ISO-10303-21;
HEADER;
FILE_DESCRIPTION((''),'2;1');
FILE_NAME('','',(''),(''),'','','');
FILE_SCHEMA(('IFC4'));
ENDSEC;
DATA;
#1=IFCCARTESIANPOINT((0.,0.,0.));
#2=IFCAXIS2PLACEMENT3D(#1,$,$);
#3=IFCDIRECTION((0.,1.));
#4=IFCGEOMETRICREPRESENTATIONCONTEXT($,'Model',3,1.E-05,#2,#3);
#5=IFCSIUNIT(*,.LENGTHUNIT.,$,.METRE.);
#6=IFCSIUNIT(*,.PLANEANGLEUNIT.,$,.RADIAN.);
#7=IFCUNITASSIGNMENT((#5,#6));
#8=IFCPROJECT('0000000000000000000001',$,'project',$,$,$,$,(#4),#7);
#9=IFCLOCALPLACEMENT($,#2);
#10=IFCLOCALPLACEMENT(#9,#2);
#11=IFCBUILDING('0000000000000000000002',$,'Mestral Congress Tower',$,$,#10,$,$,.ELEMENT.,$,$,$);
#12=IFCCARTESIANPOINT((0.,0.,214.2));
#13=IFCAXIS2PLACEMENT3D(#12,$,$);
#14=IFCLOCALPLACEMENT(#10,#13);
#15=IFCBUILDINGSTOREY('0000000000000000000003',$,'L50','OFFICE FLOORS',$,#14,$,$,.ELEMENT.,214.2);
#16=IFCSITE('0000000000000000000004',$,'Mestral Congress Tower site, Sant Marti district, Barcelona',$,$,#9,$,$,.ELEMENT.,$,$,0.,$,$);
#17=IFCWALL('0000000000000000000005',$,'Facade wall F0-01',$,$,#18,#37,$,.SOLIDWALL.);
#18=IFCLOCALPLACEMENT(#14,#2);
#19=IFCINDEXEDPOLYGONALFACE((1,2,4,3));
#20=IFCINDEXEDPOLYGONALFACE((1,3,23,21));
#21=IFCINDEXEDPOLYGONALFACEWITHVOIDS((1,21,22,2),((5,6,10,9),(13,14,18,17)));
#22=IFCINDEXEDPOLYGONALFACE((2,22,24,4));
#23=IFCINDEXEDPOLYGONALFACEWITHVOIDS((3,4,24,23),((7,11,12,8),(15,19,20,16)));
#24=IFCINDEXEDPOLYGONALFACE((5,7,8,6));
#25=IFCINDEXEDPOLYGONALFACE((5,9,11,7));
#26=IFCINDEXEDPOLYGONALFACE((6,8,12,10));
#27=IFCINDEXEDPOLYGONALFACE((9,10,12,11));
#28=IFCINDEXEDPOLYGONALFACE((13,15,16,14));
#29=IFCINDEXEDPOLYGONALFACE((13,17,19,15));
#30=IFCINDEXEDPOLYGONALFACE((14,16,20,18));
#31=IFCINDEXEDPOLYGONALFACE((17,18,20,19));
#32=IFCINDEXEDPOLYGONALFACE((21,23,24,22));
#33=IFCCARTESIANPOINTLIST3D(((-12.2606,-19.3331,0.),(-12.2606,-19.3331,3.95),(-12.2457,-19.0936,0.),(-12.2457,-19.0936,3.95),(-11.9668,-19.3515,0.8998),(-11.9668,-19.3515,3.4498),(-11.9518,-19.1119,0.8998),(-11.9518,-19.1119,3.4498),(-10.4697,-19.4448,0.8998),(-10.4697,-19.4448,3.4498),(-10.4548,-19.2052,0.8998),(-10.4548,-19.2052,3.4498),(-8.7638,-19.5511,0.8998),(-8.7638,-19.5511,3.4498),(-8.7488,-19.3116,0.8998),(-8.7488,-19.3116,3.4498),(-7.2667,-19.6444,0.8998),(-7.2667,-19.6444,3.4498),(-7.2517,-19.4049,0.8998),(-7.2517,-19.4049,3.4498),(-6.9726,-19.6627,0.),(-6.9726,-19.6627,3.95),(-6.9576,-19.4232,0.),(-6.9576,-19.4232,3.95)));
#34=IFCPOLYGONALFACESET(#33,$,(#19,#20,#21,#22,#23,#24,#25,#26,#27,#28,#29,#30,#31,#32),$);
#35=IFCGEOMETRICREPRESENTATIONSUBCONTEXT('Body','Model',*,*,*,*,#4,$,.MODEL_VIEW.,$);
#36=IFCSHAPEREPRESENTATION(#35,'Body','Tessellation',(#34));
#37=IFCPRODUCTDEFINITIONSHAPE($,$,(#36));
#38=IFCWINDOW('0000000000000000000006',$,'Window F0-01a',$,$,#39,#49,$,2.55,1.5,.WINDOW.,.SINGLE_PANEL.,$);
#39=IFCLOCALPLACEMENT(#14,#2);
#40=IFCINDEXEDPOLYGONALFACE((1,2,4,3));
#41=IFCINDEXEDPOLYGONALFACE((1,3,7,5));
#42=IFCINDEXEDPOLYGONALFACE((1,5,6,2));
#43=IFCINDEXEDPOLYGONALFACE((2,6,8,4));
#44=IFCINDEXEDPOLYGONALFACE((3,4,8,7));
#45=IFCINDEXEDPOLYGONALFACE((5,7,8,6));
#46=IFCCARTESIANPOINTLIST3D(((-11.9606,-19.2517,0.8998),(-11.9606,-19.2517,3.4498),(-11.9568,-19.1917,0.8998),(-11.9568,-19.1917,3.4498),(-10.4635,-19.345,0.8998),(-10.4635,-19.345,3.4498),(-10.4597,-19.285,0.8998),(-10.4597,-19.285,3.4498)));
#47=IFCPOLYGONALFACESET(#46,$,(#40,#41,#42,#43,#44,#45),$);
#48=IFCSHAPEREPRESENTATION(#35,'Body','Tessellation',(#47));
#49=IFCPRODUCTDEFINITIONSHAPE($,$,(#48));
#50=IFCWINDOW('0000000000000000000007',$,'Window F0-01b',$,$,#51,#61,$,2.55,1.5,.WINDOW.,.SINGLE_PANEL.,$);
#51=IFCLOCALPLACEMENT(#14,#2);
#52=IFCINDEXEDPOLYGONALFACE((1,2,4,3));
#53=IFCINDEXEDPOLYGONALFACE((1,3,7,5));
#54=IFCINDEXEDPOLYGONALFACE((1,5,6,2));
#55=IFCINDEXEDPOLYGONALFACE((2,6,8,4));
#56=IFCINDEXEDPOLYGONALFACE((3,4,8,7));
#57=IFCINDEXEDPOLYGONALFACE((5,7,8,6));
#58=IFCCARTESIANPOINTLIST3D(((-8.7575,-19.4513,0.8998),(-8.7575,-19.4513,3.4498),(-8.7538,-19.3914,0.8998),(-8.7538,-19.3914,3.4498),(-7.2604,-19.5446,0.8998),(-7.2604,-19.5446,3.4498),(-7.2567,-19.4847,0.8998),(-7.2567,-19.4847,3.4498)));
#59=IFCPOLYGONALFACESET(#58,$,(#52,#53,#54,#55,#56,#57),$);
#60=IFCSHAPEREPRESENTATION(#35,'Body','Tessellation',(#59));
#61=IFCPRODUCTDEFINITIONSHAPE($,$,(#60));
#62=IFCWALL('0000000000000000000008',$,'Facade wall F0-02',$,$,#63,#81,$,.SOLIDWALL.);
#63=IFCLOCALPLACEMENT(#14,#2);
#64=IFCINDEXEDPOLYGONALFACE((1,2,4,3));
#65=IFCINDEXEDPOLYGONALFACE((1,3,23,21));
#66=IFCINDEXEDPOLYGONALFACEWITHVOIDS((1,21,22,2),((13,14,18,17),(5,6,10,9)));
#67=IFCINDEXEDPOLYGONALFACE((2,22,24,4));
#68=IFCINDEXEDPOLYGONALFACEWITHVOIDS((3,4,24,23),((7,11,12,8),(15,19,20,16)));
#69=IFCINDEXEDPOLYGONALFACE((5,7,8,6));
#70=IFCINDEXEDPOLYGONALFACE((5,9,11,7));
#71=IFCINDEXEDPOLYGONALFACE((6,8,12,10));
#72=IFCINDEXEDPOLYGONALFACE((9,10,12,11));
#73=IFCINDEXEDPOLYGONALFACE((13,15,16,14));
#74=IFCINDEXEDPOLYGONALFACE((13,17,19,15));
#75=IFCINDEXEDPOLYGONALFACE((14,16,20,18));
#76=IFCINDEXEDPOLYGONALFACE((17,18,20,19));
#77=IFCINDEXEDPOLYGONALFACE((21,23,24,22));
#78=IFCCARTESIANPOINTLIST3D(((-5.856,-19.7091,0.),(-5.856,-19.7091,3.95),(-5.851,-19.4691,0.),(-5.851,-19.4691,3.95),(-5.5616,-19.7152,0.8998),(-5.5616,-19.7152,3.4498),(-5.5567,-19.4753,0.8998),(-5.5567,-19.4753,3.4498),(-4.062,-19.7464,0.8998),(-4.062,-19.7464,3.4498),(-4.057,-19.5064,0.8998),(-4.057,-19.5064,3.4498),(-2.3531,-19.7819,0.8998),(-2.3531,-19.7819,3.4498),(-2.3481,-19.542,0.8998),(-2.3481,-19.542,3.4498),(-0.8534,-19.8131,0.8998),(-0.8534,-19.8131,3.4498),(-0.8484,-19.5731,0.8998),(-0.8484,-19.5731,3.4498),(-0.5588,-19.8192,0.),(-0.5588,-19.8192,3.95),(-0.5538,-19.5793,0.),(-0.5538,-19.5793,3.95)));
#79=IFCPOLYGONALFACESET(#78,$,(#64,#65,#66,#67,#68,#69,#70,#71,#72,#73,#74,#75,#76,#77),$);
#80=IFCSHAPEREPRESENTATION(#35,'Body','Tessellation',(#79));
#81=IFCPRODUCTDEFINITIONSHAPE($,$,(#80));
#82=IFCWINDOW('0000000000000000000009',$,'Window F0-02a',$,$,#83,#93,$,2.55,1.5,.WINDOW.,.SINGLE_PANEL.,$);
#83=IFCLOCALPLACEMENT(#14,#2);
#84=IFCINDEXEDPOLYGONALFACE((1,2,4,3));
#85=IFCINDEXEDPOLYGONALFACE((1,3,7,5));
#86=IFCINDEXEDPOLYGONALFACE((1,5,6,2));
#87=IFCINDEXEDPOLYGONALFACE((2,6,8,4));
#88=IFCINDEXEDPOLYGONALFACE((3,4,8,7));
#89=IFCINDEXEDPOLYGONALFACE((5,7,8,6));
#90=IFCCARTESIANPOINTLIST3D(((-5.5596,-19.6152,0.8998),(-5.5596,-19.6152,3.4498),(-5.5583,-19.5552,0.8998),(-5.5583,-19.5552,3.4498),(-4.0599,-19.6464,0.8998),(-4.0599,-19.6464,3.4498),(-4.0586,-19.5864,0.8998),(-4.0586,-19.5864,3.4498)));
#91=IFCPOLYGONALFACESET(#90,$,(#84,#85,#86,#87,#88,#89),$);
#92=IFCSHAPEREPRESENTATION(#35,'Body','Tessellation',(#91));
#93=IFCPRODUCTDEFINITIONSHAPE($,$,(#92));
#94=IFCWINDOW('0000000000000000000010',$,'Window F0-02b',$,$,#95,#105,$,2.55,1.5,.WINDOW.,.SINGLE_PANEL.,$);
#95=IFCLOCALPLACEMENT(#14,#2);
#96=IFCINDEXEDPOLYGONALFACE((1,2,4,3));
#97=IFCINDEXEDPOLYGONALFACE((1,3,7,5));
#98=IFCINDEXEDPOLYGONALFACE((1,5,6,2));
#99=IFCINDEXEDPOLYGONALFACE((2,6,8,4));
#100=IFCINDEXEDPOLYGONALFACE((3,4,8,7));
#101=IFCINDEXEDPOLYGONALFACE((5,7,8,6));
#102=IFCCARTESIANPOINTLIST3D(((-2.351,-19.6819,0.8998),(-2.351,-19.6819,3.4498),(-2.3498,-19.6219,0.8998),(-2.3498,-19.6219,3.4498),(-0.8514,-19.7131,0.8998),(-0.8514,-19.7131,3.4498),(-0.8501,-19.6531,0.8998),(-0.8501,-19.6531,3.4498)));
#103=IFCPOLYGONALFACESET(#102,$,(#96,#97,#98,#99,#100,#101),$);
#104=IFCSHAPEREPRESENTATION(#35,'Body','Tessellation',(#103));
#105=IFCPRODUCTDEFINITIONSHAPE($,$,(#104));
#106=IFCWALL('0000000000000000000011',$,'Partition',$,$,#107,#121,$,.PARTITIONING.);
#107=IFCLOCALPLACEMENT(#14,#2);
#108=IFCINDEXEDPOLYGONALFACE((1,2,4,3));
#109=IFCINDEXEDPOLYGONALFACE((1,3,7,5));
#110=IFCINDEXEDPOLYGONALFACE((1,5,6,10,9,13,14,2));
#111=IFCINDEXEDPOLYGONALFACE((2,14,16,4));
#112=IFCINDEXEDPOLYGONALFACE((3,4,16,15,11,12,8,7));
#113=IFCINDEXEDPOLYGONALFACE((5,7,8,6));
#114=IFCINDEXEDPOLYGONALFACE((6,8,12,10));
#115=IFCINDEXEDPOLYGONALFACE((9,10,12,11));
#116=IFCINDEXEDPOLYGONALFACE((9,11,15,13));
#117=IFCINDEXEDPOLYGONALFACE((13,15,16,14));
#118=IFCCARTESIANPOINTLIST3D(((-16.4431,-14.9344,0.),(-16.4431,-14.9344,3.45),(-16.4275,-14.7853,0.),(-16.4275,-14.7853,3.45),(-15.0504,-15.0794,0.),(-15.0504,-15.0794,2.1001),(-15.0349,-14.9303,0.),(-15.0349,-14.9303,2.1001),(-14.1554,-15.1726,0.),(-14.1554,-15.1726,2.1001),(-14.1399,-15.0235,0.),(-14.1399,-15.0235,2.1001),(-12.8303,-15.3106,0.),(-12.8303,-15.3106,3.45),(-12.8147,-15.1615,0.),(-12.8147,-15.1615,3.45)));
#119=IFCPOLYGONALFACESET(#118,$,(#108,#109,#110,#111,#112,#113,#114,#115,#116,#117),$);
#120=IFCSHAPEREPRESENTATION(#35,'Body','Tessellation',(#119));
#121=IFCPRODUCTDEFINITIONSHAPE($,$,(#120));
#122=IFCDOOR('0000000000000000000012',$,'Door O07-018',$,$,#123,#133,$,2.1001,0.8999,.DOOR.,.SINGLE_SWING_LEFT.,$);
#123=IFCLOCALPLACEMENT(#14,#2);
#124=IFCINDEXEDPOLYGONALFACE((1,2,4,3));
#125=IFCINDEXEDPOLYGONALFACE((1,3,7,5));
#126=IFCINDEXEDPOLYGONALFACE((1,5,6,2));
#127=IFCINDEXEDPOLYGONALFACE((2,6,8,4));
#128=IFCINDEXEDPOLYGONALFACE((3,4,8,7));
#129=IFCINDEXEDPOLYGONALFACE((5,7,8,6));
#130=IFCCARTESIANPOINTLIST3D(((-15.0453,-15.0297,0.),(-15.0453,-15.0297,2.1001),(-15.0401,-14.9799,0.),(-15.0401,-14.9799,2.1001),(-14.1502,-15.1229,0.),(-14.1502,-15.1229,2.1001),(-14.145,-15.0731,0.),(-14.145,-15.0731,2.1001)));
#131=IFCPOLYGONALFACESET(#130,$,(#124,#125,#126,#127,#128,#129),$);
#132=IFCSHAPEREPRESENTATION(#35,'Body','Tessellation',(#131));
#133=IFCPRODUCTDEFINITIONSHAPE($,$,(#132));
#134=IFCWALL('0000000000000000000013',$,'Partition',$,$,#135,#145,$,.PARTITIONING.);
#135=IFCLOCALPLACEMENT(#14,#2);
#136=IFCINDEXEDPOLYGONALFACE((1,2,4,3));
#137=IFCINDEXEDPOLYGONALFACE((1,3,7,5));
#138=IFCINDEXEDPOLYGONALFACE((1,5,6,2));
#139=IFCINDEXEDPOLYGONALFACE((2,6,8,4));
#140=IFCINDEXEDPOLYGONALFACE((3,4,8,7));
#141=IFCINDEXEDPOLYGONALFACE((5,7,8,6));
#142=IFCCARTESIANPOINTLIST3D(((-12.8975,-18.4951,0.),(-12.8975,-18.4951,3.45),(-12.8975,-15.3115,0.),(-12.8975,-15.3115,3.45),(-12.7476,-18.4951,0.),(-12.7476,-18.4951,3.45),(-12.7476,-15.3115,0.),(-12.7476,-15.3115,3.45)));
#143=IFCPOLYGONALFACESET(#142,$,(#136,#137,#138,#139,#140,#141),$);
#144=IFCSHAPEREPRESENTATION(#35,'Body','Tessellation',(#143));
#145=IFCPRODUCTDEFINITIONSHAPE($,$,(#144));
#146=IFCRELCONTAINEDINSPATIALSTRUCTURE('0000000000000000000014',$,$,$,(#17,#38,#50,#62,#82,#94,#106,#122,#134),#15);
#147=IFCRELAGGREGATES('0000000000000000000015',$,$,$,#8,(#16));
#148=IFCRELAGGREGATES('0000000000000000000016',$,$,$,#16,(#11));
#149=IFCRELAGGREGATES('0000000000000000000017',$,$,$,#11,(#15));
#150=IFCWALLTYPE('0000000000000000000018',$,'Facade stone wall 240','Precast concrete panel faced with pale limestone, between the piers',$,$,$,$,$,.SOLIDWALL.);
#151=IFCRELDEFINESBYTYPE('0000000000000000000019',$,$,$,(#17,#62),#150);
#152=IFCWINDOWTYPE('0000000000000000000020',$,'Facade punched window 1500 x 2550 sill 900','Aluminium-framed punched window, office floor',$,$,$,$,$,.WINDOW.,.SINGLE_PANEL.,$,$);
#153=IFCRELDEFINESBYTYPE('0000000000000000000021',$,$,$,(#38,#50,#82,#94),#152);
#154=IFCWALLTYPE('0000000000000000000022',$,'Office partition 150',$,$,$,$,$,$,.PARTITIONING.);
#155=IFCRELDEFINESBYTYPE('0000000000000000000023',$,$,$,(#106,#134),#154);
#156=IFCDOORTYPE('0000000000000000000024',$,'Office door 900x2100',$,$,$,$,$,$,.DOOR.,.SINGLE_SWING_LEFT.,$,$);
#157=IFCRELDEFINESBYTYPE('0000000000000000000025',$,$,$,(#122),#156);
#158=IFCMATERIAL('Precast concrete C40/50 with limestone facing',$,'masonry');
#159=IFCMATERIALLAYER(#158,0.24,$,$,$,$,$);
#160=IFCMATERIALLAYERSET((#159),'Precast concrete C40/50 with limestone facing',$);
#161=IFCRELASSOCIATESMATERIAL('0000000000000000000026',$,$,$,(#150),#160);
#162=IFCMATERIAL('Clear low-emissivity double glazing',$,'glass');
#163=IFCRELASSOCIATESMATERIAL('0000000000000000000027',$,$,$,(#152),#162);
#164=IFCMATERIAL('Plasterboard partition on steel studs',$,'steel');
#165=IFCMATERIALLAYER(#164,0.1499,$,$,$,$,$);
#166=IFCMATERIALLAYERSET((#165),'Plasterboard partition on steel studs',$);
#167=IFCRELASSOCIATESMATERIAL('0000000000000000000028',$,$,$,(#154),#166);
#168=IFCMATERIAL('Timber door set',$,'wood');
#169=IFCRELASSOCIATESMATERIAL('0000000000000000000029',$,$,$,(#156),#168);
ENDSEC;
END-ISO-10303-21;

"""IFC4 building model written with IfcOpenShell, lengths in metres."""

from ifc_helpers import new_model, si_unit, direction, frame, frame_2d, origin, place, context, subcontext, project, spatial, rectangle, extrude, material, layer, layer_set, type_object, element, fill, save


model = new_model("IFC4")

# Units and contexts
model_context = context("Model", 3, precision=1e-05, world=origin(), true_north=direction((0.0, 1.0)))
body_context = subcontext(model_context, "Body", "Model", "MODEL_VIEW")
ifc_project = project(units=[si_unit("LENGTHUNIT", "METRE"), si_unit("PLANEANGLEUNIT", "RADIAN")], contexts=[model_context])

# Site, building, storey
site_placement = place(None, origin())
site = spatial("IfcSite", under=ifc_project, at=site_placement, Name="Mestral Congress Tower site, Sant Marti district, Barcelona", CompositionType="ELEMENT", RefElevation=0.0)
building_placement = place(site_placement, origin())
building = spatial("IfcBuilding", under=site, at=building_placement, Name="Mestral Congress Tower", CompositionType="ELEMENT")
storey_placement = place(building_placement, frame((0.0, 0.0, 214.2)))
storey = spatial("IfcBuildingStorey", under=building, at=storey_placement, Name="L50", Description="OFFICE FLOORS", CompositionType="ELEMENT", Elevation=214.2)

# Walls, openings, windows
ifc_material_1 = material(Name="Precast concrete C40/50 with limestone facing", Category="masonry")
ifc_layer_1 = layer(ifc_material_1, 0.24)
ifc_layer_set_1 = layer_set([ifc_layer_1], Name="Precast concrete C40/50 with limestone facing")
wall_type_1 = type_object("IfcWallType", Name="Facade stone wall 240", Description="Precast concrete panel faced with pale limestone, between the piers", PredefinedType="SOLIDWALL", material=ifc_layer_set_1)
wall_1_placement = place(storey_placement, frame((-12.2532, -19.2134, 0.0), z_axis=(0.0, 0.0, 1.0), x_axis=(0.998063, -0.062206, 0.0)))
wall_1 = element("IfcWall", 1, at=wall_1_placement, inside=storey, type_object=wall_type_1, Name="Facade wall F0-01", PredefinedType="SOLIDWALL", context=body_context, shape_type="SweptSolid", body=[
    extrude(rectangle(XDim=5.2983, YDim=0.24, at=frame_2d((2.6492, 0.0))), origin(), (0.0, 0.0, 1.0), 3.95),
])
opening_1_placement = place(wall_1_placement, frame((0.2944, 0.0, 0.8999)))
opening_1 = element("IfcOpeningElement", 2, at=opening_1_placement, cuts=wall_1, PredefinedType="OPENING", context=body_context, shape_type="SweptSolid", body=[
    extrude(rectangle(XDim=1.5, YDim=2.55, at=frame_2d((0.75, 1.2749))), frame((0.0, 0.1299, 0.0), z_axis=(0.0, -1.0, 0.0), x_axis=(1.0, 0.0, 0.0)), (0.0, 0.0, 1.0), 0.26),
])
opening_2_placement = place(wall_1_placement, frame((3.5037, 0.0, 0.8999)))
opening_2 = element("IfcOpeningElement", 3, at=opening_2_placement, cuts=wall_1, PredefinedType="OPENING", context=body_context, shape_type="SweptSolid", body=[
    extrude(rectangle(XDim=1.5, YDim=2.55, at=frame_2d((0.75, 1.2749))), frame((0.0, 0.1299, 0.0), z_axis=(0.0, -1.0, 0.0), x_axis=(1.0, 0.0, 0.0)), (0.0, 0.0, 1.0), 0.26),
])
ifc_material_2 = material(Name="Clear low-emissivity double glazing", Category="glass")
window_type = type_object("IfcWindowType", Name="Facade punched window 1500 x 2550 sill 900", Description="Aluminium-framed punched window, office floor", PartitioningType="SINGLE_PANEL", PredefinedType="WINDOW", material=ifc_material_2)
window_1_placement = place(opening_1_placement, origin())
window_1 = element("IfcWindow", 4, at=window_1_placement, inside=storey, type_object=window_type, Name="Window F0-01a", OverallHeight=2.55, OverallWidth=1.5, PartitioningType="SINGLE_PANEL", PredefinedType="WINDOW", context=body_context, shape_type="SweptSolid", body=[
    extrude(rectangle(XDim=1.5, YDim=2.55, at=frame_2d((0.75, 1.2749))), frame((0.0, 0.04, 0.0), z_axis=(0.0, -1.0, 0.0), x_axis=(1.0, 0.0, 0.0)), (0.0, 0.0, 1.0), 0.0601),
])
fill(opening_1, window_1)
window_2_placement = place(opening_2_placement, origin())
window_2 = element("IfcWindow", 5, at=window_2_placement, inside=storey, type_object=window_type, Name="Window F0-01b", OverallHeight=2.55, OverallWidth=1.5, PartitioningType="SINGLE_PANEL", PredefinedType="WINDOW", context=body_context, shape_type="SweptSolid", body=[
    extrude(rectangle(XDim=1.5, YDim=2.55, at=frame_2d((0.75, 1.2749))), frame((0.0, 0.04, 0.0), z_axis=(0.0, -1.0, 0.0), x_axis=(1.0, 0.0, 0.0)), (0.0, 0.0, 1.0), 0.0601),
])
fill(opening_2, window_2)
wall_2_placement = place(storey_placement, frame((-5.8535, -19.5891, 0.0), z_axis=(0.0, 0.0, 1.0), x_axis=(0.999784, -0.020782, 0.0)))
wall_2 = element("IfcWall", 6, at=wall_2_placement, inside=storey, type_object=wall_type_1, Name="Facade wall F0-02", PredefinedType="SOLIDWALL", context=body_context, shape_type="SweptSolid", body=[
    extrude(rectangle(XDim=5.2983, YDim=0.24, at=frame_2d((2.6492, 0.0))), origin(), (0.0, 0.0, 1.0), 3.95),
])
opening_3_placement = place(wall_2_placement, frame((0.2944, 0.0, 0.8999)))
opening_3 = element("IfcOpeningElement", 7, at=opening_3_placement, cuts=wall_2, PredefinedType="OPENING", context=body_context, shape_type="SweptSolid", body=[
    extrude(rectangle(XDim=1.5, YDim=2.55, at=frame_2d((0.75, 1.2749))), frame((0.0, 0.1299, 0.0), z_axis=(0.0, -1.0, 0.0), x_axis=(1.0, 0.0, 0.0)), (0.0, 0.0, 1.0), 0.26),
])
opening_4_placement = place(wall_2_placement, frame((3.5037, 0.0, 0.8999)))
opening_4 = element("IfcOpeningElement", 8, at=opening_4_placement, cuts=wall_2, PredefinedType="OPENING", context=body_context, shape_type="SweptSolid", body=[
    extrude(rectangle(XDim=1.5, YDim=2.55, at=frame_2d((0.75, 1.2749))), frame((0.0, 0.1299, 0.0), z_axis=(0.0, -1.0, 0.0), x_axis=(1.0, 0.0, 0.0)), (0.0, 0.0, 1.0), 0.26),
])
window_3_placement = place(opening_3_placement, origin())
window_3 = element("IfcWindow", 9, at=window_3_placement, inside=storey, type_object=window_type, Name="Window F0-02a", OverallHeight=2.55, OverallWidth=1.5, PartitioningType="SINGLE_PANEL", PredefinedType="WINDOW", context=body_context, shape_type="SweptSolid", body=[
    extrude(rectangle(XDim=1.5, YDim=2.55, at=frame_2d((0.75, 1.2749))), frame((0.0, 0.04, 0.0), z_axis=(0.0, -1.0, 0.0), x_axis=(1.0, 0.0, 0.0)), (0.0, 0.0, 1.0), 0.0601),
])
fill(opening_3, window_3)
window_4_placement = place(opening_4_placement, origin())
window_4 = element("IfcWindow", 10, at=window_4_placement, inside=storey, type_object=window_type, Name="Window F0-02b", OverallHeight=2.55, OverallWidth=1.5, PartitioningType="SINGLE_PANEL", PredefinedType="WINDOW", context=body_context, shape_type="SweptSolid", body=[
    extrude(rectangle(XDim=1.5, YDim=2.55, at=frame_2d((0.75, 1.2749))), frame((0.0, 0.04, 0.0), z_axis=(0.0, -1.0, 0.0), x_axis=(1.0, 0.0, 0.0)), (0.0, 0.0, 1.0), 0.0601),
])
fill(opening_4, window_4)

# Wall, opening, door
ifc_material_3 = material(Name="Plasterboard partition on steel studs", Category="steel")
ifc_layer_2 = layer(ifc_material_3, 0.1499)
ifc_layer_set_2 = layer_set([ifc_layer_2], Name="Plasterboard partition on steel studs")
wall_type_2 = type_object("IfcWallType", Name="Office partition 150", PredefinedType="PARTITIONING", material=ifc_layer_set_2)
wall_3_placement = place(storey_placement, frame((-12.8225, -15.2361, 0.0), z_axis=(0.0, 0.0, 1.0), x_axis=(-0.994622, 0.103576, 0.0)))
wall_3 = element("IfcWall", 11, at=wall_3_placement, inside=storey, type_object=wall_type_2, Name="Partition", PredefinedType="PARTITIONING", context=body_context, shape_type="SweptSolid", body=[
    extrude(rectangle(XDim=3.6323, YDim=0.1499, at=frame_2d((1.8162, 0.0))), origin(), (0.0, 0.0, 1.0), 3.45),
])
opening_5_placement = place(wall_3_placement, frame((1.3323, 0.0, 0.0)))
opening_5 = element("IfcOpeningElement", 12, at=opening_5_placement, cuts=wall_3, PredefinedType="OPENING", context=body_context, shape_type="SweptSolid", body=[
    extrude(rectangle(XDim=0.8999, YDim=2.1001, at=frame_2d((0.45, 1.05))), frame((0.0, 0.085, 0.0), z_axis=(0.0, -1.0, 0.0), x_axis=(1.0, 0.0, 0.0)), (0.0, 0.0, 1.0), 0.1699),
])
ifc_material_4 = material(Name="Timber door set", Category="wood")
door_type_1 = type_object("IfcDoorType", Name="Office door 900x2100", OperationType="SINGLE_SWING_LEFT", PredefinedType="DOOR", material=ifc_material_4)
door_1_placement = place(opening_5_placement, origin())
door_1 = element("IfcDoor", 13, at=door_1_placement, inside=storey, type_object=door_type_1, Name="Door O07-018", OperationType="SINGLE_SWING_LEFT", OverallHeight=2.1001, OverallWidth=0.8999, PredefinedType="DOOR", context=body_context, shape_type="SweptSolid", body=[
    extrude(rectangle(XDim=0.8999, YDim=2.1001, at=frame_2d((0.45, 1.05))), frame((0.0, 0.0249, 0.0), z_axis=(0.0, -1.0, 0.0), x_axis=(1.0, 0.0, 0.0)), (0.0, 0.0, 1.0), 0.05),
])
fill(opening_5, door_1)

# Wall
wall_4_placement = place(storey_placement, frame((-12.8225, -15.3115, 0.0), z_axis=(0.0, 0.0, 1.0), x_axis=(0.0, -1.0, 0.0)))
element("IfcWall", 14, at=wall_4_placement, inside=storey, type_object=wall_type_2, Name="Partition", PredefinedType="PARTITIONING", context=body_context, shape_type="SweptSolid", body=[
    extrude(rectangle(XDim=3.1836, YDim=0.1499, at=frame_2d((1.5918, 0.0))), origin(), (0.0, 0.0, 1.0), 3.45),
])

save(model, "model.ifc")
